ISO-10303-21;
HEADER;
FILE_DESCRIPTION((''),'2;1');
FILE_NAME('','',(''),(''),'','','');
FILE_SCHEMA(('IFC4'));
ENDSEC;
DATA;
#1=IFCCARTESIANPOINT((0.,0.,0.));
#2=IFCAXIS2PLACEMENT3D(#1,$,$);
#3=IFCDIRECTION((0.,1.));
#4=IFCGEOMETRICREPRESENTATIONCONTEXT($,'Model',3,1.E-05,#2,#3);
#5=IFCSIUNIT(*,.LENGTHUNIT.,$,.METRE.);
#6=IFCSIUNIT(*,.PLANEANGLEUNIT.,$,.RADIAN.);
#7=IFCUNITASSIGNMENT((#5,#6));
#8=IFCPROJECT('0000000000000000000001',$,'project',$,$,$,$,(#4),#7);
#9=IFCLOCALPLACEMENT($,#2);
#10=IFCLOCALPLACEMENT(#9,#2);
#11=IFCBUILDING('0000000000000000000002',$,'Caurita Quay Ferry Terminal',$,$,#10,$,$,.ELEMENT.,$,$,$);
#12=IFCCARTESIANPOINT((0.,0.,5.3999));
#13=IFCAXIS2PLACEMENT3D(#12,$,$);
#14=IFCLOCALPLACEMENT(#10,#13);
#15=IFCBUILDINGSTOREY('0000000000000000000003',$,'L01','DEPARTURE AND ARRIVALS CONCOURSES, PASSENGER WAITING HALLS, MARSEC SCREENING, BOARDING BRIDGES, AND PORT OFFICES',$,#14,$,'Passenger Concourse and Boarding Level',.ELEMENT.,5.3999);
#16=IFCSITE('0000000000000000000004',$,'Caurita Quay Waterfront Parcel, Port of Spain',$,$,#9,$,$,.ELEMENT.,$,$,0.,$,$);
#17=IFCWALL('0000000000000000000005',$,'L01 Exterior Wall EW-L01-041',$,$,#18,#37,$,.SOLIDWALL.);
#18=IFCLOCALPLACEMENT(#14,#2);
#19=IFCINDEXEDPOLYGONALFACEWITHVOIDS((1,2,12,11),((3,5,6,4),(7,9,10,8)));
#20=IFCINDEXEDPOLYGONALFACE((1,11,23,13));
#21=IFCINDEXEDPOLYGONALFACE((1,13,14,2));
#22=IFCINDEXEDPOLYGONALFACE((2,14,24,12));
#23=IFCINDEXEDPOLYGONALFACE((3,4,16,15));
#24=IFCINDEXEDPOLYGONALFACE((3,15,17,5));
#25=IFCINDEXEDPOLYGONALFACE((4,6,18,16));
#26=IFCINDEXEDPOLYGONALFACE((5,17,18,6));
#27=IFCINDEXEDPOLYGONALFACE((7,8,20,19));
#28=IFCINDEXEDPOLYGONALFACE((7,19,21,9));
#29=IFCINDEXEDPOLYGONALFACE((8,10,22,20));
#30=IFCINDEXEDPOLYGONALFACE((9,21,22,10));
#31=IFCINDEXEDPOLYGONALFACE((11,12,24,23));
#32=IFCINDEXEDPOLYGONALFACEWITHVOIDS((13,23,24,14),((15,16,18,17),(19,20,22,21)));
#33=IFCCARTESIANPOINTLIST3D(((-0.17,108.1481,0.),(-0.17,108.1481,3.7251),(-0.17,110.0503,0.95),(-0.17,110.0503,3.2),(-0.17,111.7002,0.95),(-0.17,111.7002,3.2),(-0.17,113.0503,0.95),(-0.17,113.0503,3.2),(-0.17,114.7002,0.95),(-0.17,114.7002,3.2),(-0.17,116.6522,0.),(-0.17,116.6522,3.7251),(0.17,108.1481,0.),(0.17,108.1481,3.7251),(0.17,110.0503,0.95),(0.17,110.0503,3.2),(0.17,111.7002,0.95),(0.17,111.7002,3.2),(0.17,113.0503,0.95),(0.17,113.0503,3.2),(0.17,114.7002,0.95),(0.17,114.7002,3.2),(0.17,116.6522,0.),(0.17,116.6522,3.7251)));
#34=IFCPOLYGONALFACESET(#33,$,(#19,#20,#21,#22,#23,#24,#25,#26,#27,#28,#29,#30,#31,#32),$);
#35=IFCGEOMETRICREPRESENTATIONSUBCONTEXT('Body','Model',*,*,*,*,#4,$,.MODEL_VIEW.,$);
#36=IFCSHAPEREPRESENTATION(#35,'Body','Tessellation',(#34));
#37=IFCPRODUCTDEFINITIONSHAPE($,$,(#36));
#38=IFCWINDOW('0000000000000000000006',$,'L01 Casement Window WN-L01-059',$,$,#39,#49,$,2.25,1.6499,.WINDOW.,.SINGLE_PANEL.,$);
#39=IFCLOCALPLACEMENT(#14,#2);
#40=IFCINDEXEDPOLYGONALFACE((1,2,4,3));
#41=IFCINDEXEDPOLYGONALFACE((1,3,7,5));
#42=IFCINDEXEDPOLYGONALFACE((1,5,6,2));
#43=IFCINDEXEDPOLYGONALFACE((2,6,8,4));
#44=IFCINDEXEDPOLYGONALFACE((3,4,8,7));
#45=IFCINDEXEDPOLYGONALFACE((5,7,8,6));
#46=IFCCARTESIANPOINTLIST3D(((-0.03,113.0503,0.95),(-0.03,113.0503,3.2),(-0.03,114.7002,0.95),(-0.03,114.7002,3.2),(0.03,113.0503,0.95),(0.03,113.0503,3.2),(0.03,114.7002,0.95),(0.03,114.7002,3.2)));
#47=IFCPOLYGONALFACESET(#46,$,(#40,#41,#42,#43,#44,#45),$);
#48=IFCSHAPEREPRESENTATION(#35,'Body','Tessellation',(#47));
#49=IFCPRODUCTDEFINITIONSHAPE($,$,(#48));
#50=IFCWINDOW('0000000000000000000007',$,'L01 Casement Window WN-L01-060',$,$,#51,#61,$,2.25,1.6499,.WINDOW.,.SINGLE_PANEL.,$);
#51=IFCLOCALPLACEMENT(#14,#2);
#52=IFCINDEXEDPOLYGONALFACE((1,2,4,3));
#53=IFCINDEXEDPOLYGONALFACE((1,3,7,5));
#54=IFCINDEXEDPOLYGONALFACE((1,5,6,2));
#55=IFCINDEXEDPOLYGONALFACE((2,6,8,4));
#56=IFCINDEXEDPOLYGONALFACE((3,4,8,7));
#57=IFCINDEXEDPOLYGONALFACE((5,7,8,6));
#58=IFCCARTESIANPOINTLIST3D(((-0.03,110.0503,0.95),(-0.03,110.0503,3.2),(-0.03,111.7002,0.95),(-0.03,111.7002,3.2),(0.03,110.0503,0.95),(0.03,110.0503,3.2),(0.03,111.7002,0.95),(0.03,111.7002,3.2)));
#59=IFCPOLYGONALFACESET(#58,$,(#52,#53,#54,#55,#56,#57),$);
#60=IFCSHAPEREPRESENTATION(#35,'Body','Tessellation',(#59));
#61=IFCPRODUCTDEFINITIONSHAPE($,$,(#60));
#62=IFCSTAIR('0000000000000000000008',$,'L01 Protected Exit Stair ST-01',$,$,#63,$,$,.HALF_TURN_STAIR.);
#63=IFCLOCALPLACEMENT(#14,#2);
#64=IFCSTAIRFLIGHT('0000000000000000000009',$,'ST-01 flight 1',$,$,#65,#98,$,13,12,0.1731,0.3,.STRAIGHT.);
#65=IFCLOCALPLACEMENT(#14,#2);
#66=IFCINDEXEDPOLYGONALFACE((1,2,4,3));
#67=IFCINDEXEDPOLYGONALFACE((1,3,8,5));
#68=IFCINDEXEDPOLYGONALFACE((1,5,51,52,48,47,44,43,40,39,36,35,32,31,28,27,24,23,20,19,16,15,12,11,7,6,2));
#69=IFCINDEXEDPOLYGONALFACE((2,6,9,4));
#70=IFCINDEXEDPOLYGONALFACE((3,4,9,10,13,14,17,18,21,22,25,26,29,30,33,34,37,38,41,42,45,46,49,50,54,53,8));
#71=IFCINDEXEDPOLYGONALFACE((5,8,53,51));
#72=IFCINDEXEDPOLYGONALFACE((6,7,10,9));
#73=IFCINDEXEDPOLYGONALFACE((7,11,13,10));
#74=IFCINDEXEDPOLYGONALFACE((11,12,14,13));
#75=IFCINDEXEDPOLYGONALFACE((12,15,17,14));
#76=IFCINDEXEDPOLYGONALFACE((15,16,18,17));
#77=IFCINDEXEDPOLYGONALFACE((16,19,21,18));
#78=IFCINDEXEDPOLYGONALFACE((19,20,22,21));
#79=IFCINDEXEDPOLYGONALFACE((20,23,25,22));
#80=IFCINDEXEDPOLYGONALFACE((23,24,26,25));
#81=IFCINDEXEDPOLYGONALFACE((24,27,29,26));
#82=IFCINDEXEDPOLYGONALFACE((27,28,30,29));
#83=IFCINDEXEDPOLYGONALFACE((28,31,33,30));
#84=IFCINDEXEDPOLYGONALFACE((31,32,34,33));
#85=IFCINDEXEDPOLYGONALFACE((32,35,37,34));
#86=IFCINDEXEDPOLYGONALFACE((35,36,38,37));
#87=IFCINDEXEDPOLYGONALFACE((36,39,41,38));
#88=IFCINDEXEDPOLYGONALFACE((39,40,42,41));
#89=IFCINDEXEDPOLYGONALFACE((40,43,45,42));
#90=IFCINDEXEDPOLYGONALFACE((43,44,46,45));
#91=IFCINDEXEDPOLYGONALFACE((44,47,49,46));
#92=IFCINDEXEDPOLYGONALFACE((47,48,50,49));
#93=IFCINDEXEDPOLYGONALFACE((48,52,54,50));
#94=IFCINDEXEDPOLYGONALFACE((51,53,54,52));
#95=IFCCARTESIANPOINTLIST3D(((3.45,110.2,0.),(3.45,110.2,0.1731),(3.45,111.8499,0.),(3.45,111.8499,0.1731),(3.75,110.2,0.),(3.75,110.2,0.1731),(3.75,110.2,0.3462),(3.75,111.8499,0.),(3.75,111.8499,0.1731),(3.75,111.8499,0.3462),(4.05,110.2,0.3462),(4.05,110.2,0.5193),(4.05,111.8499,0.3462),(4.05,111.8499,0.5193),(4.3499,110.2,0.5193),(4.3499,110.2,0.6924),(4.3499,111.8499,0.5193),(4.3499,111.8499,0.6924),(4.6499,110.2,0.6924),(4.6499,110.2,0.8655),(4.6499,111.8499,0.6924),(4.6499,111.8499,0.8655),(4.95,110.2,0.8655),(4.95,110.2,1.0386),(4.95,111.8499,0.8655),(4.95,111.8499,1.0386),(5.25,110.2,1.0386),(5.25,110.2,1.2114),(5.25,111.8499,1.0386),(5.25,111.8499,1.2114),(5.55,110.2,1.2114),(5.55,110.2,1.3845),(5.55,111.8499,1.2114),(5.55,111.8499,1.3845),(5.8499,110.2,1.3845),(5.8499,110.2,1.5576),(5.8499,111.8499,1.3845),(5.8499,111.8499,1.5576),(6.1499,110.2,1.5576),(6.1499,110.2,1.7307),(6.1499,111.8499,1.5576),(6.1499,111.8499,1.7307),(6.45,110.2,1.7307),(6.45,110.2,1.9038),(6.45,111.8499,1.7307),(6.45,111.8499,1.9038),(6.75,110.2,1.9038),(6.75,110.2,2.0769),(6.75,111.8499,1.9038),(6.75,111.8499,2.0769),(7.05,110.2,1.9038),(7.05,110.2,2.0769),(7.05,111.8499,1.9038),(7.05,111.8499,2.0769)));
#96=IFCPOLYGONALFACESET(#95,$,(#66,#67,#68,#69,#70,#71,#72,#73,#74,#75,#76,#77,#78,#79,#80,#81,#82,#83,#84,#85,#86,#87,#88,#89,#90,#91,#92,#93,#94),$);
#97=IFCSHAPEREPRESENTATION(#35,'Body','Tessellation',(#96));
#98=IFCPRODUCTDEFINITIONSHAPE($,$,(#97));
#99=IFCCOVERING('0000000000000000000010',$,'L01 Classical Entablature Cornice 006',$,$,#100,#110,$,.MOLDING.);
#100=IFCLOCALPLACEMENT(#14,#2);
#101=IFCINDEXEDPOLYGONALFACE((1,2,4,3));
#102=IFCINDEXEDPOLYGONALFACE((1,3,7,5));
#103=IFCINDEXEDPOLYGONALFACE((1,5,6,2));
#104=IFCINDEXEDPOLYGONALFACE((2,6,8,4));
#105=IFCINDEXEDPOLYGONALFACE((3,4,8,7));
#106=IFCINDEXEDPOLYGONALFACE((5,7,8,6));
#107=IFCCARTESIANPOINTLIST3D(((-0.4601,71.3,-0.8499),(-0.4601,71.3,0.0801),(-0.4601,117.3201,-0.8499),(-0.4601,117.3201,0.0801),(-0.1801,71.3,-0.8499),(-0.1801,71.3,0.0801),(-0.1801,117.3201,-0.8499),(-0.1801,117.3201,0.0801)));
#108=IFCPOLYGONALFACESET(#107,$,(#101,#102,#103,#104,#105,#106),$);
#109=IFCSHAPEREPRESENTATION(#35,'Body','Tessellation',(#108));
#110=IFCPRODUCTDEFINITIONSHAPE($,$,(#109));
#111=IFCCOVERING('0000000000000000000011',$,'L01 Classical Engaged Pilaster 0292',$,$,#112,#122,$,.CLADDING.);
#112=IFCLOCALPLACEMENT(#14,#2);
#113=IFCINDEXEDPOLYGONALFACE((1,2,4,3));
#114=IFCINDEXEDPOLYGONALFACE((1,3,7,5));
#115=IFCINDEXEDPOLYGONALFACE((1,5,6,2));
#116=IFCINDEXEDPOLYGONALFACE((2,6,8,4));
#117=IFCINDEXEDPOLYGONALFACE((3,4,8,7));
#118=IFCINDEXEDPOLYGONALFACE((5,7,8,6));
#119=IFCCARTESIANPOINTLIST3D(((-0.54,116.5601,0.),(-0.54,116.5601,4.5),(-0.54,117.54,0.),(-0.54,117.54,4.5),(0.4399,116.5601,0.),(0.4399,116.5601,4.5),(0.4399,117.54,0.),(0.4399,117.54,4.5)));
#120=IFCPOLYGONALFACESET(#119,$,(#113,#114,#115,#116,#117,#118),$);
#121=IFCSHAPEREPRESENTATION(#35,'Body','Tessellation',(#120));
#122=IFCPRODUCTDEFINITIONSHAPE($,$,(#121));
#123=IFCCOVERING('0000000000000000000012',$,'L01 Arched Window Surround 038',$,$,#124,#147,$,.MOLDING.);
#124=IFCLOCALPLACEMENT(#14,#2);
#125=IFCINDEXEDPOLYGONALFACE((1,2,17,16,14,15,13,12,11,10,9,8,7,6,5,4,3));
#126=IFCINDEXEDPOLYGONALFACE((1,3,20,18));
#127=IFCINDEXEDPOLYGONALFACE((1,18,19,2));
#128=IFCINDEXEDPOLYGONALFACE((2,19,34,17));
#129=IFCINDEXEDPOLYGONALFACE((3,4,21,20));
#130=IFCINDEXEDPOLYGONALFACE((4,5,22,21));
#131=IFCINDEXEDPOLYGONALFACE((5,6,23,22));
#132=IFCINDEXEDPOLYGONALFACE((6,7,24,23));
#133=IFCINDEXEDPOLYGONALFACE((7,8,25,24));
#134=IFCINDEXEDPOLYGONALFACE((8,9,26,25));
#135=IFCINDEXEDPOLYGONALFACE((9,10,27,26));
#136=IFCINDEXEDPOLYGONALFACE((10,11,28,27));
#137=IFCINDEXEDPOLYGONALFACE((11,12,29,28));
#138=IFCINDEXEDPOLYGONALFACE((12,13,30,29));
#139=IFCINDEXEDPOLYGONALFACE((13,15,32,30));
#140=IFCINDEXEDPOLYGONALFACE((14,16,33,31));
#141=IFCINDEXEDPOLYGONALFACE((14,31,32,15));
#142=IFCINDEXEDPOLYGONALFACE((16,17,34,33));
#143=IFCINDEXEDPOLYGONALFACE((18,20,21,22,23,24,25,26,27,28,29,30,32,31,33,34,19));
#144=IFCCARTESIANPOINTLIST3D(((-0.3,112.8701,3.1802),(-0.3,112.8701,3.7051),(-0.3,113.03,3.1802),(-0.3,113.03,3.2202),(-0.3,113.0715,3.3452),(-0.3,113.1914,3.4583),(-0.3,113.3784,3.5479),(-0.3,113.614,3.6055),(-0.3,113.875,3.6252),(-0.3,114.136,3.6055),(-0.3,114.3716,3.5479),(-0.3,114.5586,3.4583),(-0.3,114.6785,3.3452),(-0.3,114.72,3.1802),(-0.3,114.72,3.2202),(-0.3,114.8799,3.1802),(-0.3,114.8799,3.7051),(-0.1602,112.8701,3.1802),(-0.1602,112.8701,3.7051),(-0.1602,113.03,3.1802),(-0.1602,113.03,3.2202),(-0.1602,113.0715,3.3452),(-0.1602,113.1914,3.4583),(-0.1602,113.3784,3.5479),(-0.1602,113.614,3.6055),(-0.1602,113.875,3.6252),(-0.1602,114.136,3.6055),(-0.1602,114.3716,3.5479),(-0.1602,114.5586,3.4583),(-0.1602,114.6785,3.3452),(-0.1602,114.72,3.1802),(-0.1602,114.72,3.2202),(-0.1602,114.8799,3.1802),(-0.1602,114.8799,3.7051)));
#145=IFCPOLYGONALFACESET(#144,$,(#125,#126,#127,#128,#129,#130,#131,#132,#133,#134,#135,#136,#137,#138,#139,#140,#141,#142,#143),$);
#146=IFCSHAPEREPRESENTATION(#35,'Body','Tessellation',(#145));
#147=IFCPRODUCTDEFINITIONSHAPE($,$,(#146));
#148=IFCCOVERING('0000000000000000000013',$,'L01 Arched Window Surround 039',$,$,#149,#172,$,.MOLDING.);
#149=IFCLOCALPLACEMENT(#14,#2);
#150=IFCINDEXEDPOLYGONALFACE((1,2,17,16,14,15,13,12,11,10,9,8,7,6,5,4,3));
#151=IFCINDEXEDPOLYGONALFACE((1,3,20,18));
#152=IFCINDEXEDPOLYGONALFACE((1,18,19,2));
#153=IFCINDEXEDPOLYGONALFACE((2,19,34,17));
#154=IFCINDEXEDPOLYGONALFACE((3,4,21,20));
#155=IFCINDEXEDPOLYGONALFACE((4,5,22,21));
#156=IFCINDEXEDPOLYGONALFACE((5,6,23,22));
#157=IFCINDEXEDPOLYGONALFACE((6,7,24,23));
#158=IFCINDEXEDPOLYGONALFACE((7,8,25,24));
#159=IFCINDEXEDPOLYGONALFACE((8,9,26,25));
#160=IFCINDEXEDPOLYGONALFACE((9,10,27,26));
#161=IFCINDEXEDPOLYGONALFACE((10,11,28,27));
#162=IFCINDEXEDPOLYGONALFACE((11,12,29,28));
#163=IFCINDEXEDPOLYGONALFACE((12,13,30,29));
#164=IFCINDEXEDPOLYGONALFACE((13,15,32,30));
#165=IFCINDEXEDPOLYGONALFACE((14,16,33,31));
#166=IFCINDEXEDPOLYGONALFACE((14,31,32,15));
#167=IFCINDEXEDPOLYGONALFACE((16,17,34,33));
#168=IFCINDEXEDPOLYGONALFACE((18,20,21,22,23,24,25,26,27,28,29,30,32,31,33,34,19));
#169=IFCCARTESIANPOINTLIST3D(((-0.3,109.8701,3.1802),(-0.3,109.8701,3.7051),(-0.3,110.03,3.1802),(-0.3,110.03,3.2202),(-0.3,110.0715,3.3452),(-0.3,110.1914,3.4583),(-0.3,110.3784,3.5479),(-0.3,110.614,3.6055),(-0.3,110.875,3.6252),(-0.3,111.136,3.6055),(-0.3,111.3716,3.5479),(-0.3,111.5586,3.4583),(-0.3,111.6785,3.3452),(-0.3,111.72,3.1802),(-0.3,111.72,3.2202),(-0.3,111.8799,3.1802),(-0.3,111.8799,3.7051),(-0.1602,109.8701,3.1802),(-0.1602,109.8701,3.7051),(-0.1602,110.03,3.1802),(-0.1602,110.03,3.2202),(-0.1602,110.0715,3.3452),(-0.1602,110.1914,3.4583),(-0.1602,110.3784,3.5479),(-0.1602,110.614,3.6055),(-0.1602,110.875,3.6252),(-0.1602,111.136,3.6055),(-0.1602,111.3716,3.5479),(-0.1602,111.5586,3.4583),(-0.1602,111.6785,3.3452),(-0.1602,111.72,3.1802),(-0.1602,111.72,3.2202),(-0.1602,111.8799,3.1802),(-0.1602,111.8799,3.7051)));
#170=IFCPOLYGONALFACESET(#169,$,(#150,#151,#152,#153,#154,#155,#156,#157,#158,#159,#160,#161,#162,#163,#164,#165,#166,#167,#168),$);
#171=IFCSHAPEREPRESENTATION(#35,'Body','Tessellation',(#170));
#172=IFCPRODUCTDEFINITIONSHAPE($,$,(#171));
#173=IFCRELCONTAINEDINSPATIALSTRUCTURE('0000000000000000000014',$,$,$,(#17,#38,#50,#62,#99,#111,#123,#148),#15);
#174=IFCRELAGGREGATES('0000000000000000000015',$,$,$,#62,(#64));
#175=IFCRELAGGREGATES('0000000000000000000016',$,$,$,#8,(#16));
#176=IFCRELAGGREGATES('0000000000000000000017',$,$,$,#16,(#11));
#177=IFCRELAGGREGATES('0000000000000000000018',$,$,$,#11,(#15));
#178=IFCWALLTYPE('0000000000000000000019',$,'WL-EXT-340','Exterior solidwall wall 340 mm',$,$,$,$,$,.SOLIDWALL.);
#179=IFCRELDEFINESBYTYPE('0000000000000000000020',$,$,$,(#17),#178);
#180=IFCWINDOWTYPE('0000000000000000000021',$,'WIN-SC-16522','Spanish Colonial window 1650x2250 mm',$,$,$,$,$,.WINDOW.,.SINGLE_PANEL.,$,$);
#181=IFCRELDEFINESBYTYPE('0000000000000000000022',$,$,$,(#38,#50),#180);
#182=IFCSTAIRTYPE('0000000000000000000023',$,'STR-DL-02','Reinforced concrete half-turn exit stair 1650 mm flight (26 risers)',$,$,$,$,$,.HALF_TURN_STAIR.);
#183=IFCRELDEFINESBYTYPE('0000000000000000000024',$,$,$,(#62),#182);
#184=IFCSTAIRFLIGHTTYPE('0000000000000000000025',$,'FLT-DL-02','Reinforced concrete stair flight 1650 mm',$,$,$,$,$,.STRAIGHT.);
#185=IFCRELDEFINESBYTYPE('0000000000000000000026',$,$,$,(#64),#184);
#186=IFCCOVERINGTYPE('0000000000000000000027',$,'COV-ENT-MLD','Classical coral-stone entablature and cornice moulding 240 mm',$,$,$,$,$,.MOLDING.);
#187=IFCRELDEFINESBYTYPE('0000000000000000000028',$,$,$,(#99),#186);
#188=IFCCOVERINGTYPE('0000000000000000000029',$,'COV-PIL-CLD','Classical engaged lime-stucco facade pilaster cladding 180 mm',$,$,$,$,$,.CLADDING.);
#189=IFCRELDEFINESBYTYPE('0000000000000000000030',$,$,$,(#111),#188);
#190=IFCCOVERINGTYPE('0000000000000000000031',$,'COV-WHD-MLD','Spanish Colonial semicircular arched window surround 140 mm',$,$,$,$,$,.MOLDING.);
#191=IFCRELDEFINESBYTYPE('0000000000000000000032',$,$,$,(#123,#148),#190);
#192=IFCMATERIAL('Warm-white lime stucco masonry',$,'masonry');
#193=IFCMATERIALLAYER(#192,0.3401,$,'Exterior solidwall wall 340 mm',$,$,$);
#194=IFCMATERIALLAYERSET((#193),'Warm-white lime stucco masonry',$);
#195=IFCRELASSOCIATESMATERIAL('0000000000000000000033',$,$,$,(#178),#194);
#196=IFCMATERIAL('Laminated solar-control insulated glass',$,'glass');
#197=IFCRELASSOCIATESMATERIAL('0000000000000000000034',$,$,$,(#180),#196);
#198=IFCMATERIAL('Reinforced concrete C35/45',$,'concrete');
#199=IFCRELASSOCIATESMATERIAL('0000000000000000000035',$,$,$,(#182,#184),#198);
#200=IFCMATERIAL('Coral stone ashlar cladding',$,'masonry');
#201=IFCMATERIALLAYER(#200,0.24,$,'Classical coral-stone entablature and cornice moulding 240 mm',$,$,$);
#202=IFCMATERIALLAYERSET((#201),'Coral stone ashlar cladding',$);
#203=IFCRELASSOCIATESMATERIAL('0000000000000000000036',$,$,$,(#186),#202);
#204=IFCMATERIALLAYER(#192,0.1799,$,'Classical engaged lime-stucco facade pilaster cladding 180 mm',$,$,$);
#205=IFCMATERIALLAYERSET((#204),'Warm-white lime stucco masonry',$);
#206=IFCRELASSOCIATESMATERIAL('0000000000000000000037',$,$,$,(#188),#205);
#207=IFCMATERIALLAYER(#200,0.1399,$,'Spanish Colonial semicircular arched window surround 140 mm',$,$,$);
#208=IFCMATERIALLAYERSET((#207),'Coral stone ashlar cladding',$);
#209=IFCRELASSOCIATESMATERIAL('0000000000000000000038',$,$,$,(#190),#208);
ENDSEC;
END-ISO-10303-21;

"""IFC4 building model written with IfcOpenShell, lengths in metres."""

from ifc_helpers import new_model, si_unit, direction, frame, frame_2d, origin, origin_2d, place, context, subcontext, project, spatial, polyline, rectangle, outline, extrude, material, layer, layer_set, type_object, element, fill, aggregate, save


model = new_model("IFC4")

# Units and contexts
model_context = context("Model", 3, precision=1e-05, world=origin(), true_north=direction((0.0, 1.0)))
body_context = subcontext(model_context, "Body", "Model", "MODEL_VIEW")
ifc_project = project(units=[si_unit("LENGTHUNIT", "METRE"), si_unit("PLANEANGLEUNIT", "RADIAN")], contexts=[model_context])

# Site, building, storey
site_placement = place(None, origin())
site = spatial("IfcSite", under=ifc_project, at=site_placement, Name="Caurita Quay Waterfront Parcel, Port of Spain", CompositionType="ELEMENT", RefElevation=0.0)
building_placement = place(site_placement, origin())
building = spatial("IfcBuilding", under=site, at=building_placement, Name="Caurita Quay Ferry Terminal", CompositionType="ELEMENT")
storey_placement = place(building_placement, frame((0.0, 0.0, 5.3999)))
storey = spatial("IfcBuildingStorey", under=building, at=storey_placement, Name="L01", Description="DEPARTURE AND ARRIVALS CONCOURSES, PASSENGER WAITING HALLS, MARSEC SCREENING, BOARDING BRIDGES, AND PORT OFFICES", LongName="Passenger Concourse and Boarding Level", CompositionType="ELEMENT", Elevation=5.3999)

# Shared definitions
ifc_material_1 = material(Name="Reinforced concrete C35/45", Category="concrete")

# Wall, openings, windows
ifc_material_2 = material(Name="Warm-white lime stucco masonry", Category="masonry")
ifc_layer_1 = layer(ifc_material_2, 0.3401, Name="Exterior solidwall wall 340 mm")
ifc_layer_set_1 = layer_set([ifc_layer_1], Name="Warm-white lime stucco masonry")
wall_type_1 = type_object("IfcWallType", Name="WL-EXT-340", Description="Exterior solidwall wall 340 mm", PredefinedType="SOLIDWALL", material=ifc_layer_set_1)
wall_1_placement = place(storey_placement, frame((0.0, 116.6521, 0.0), z_axis=(0.0, 0.0, 1.0), x_axis=(0.0, -1.0, 0.0)))
wall_1 = element("IfcWall", 1, at=wall_1_placement, inside=storey, type_object=wall_type_1, Name="L01 Exterior Wall EW-L01-041", PredefinedType="SOLIDWALL", context=body_context, shape_type="SweptSolid", body=[
    extrude(rectangle(XDim=8.5042, YDim=0.3401, at=frame_2d((4.252, 0.0))), origin(), (0.0, 0.0, 1.0), 3.7251),
])
opening_1_placement = place(wall_1_placement, frame((1.9519, 0.0, 0.95)))
opening_1 = element("IfcOpeningElement", 2, at=opening_1_placement, cuts=wall_1, PredefinedType="OPENING", context=body_context, shape_type="SweptSolid", body=[
    extrude(rectangle(XDim=1.6499, YDim=2.25, at=frame_2d((0.825, 1.125))), frame((0.0, 0.1799, 0.0), z_axis=(0.0, -1.0, 0.0), x_axis=(1.0, 0.0, 0.0)), (0.0, 0.0, 1.0), 0.3601),
])
opening_2_placement = place(wall_1_placement, frame((4.9519, 0.0, 0.95)))
opening_2 = element("IfcOpeningElement", 3, at=opening_2_placement, cuts=wall_1, PredefinedType="OPENING", context=body_context, shape_type="SweptSolid", body=[
    extrude(rectangle(XDim=1.6499, YDim=2.25, at=frame_2d((0.825, 1.125))), frame((0.0, 0.1799, 0.0), z_axis=(0.0, -1.0, 0.0), x_axis=(1.0, 0.0, 0.0)), (0.0, 0.0, 1.0), 0.3601),
])
ifc_material_3 = material(Name="Laminated solar-control insulated glass", Category="glass")
window_type = type_object("IfcWindowType", Name="WIN-SC-16522", Description="Spanish Colonial window 1650x2250 mm", PartitioningType="SINGLE_PANEL", PredefinedType="WINDOW", material=ifc_material_3)
window_1_placement = place(opening_1_placement, origin())
window_1 = element("IfcWindow", 4, at=window_1_placement, inside=storey, type_object=window_type, Name="L01 Casement Window WN-L01-059", OverallHeight=2.25, OverallWidth=1.6499, PartitioningType="SINGLE_PANEL", PredefinedType="WINDOW", context=body_context, shape_type="SweptSolid", body=[
    extrude(rectangle(XDim=1.6499, YDim=2.25, at=frame_2d((0.825, 1.125))), frame((0.0, 0.03, 0.0), z_axis=(0.0, -1.0, 0.0), x_axis=(1.0, 0.0, 0.0)), (0.0, 0.0, 1.0), 0.0601),
])
fill(opening_1, window_1)
window_2_placement = place(opening_2_placement, origin())
window_2 = element("IfcWindow", 5, at=window_2_placement, inside=storey, type_object=window_type, Name="L01 Casement Window WN-L01-060", OverallHeight=2.25, OverallWidth=1.6499, PartitioningType="SINGLE_PANEL", PredefinedType="WINDOW", context=body_context, shape_type="SweptSolid", body=[
    extrude(rectangle(XDim=1.6499, YDim=2.25, at=frame_2d((0.825, 1.125))), frame((0.0, 0.03, 0.0), z_axis=(0.0, -1.0, 0.0), x_axis=(1.0, 0.0, 0.0)), (0.0, 0.0, 1.0), 0.0601),
])
fill(opening_2, window_2)

# Stair, stair flight
stair_type = type_object("IfcStairType", Name="STR-DL-02", Description="Reinforced concrete half-turn exit stair 1650 mm flight (26 risers)", PredefinedType="HALF_TURN_STAIR", material=ifc_material_1)
stair_placement = place(storey_placement, origin())
stair = element("IfcStair", 6, at=stair_placement, inside=storey, type_object=stair_type, Name="L01 Protected Exit Stair ST-01", PredefinedType="HALF_TURN_STAIR")
stair_flight_type = type_object("IfcStairFlightType", Name="FLT-DL-02", Description="Reinforced concrete stair flight 1650 mm", PredefinedType="STRAIGHT", material=ifc_material_1)
stair_flight_placement = place(storey_placement, frame((3.45, 111.0249, 0.0), z_axis=(0.0, 0.0, 1.0), x_axis=(1.0, 0.0, 0.0)))
stair_flight = element("IfcStairFlight", 7, at=stair_flight_placement, type_object=stair_flight_type, Name="ST-01 flight 1", NumberOfRisers=13, NumberOfTreads=12, PredefinedType="STRAIGHT", RiserHeight=0.1731, TreadLength=0.3, context=body_context, shape_type="SweptSolid", body=[
    extrude(outline(polyline([(0.0, 0.0), (0.0, 0.1731), (0.3, 0.1731), (0.3, 0.3462), (0.6001, 0.3462), (0.6001, 0.5193), (0.8999, 0.5193), (0.8999, 0.6924), (1.2, 0.6924), (1.2, 0.8655), (1.5, 0.8655), (1.5, 1.0386), (1.8, 1.0386), (1.8, 1.2114), (2.1001, 1.2114), (2.1001, 1.3845), (2.3999, 1.3845), (2.3999, 1.5576), (2.7, 1.5576), (2.7, 1.7307), (3.0, 1.7307), (3.0, 1.9038), (3.3, 1.9038), (3.3, 2.0769), (3.6001, 2.0769), (3.6001, 2.25), (3.6001, 1.9038), (0.3, 0.0), (0.0, 0.0)])), frame((0.0, 0.825, 0.0), z_axis=(0.0, -1.0, 0.0), x_axis=(1.0, 0.0, 0.0)), (0.0, 0.0, 1.0), 1.6499),
])
aggregate(stair, [stair_flight])

# Coverings
ifc_material_4 = material(Name="Coral stone ashlar cladding", Category="masonry")
ifc_layer_2 = layer(ifc_material_4, 0.24, Name="Classical coral-stone entablature and cornice moulding 240 mm")
ifc_layer_set_2 = layer_set([ifc_layer_2], Name="Coral stone ashlar cladding")
covering_type_1 = type_object("IfcCoveringType", Name="COV-ENT-MLD", Description="Classical coral-stone entablature and cornice moulding 240 mm", PredefinedType="MOLDING", material=ifc_layer_set_2)
covering_1_placement = place(storey_placement, frame((-0.3201, 117.3201, -0.8499), z_axis=(0.0, 0.0, 1.0), x_axis=(0.0, -1.0, 0.0)))
element("IfcCovering", 8, at=covering_1_placement, inside=storey, type_object=covering_type_1, Name="L01 Classical Entablature Cornice 006", PredefinedType="MOLDING", context=body_context, shape_type="SweptSolid", body=[
    extrude(rectangle(XDim=46.02, YDim=0.28, at=frame_2d((23.01, 0.0))), origin(), (0.0, 0.0, 1.0), 0.9299),
])
ifc_layer_3 = layer(ifc_material_2, 0.1799, Name="Classical engaged lime-stucco facade pilaster cladding 180 mm")
ifc_layer_set_3 = layer_set([ifc_layer_3], Name="Warm-white lime stucco masonry")
covering_type_2 = type_object("IfcCoveringType", Name="COV-PIL-CLD", Description="Classical engaged lime-stucco facade pilaster cladding 180 mm", PredefinedType="CLADDING", material=ifc_layer_set_3)
covering_2_placement = place(storey_placement, frame((-0.05, 117.05, 0.0), z_axis=(0.0, 0.0, 1.0), x_axis=(1.0, 0.0, 0.0)))
element("IfcCovering", 9, at=covering_2_placement, inside=storey, type_object=covering_type_2, Name="L01 Classical Engaged Pilaster 0292", PredefinedType="CLADDING", context=body_context, shape_type="SweptSolid", body=[
    extrude(rectangle(XDim=0.98, YDim=0.98, at=origin_2d()), origin(), (0.0, 0.0, 1.0), 4.5),
])
ifc_layer_4 = layer(ifc_material_4, 0.1399, Name="Spanish Colonial semicircular arched window surround 140 mm")
ifc_layer_set_4 = layer_set([ifc_layer_4], Name="Coral stone ashlar cladding")
covering_type_3 = type_object("IfcCoveringType", Name="COV-WHD-MLD", Description="Spanish Colonial semicircular arched window surround 140 mm", PredefinedType="MOLDING", material=ifc_layer_set_4)
for number, where, z_axis, x_axis, name in (
    (10, (-0.23, 114.8799, 3.1802), (0.0, 0.0, 1.0), (0.0, -1.0, 0.0), "L01 Arched Window Surround 038"),
    (11, (-0.23, 111.8799, 3.1802), (0.0, 0.0, 1.0), (0.0, -1.0, 0.0), "L01 Arched Window Surround 039"),
):
    element("IfcCovering", number, at=place(storey_placement, frame(where, z_axis=z_axis, x_axis=x_axis)), inside=storey, type_object=covering_type_3, Name=name, PredefinedType="MOLDING", context=body_context, shape_type="SweptSolid", body=[
        extrude(outline(polyline([(0.0, 0.0), (0.1599, 0.0), (0.1599, 0.04), (0.2014, 0.165), (0.3213, 0.2781), (0.5083, 0.3677), (0.7439, 0.4253), (1.0049, 0.4451), (1.2659, 0.4253), (1.5015, 0.3677), (1.6885, 0.2781), (1.8083, 0.165), (1.8499, 0.04), (1.8499, 0.0), (2.0098, 0.0), (2.0098, 0.5249), (0.0, 0.5249), (0.0, 0.0)])), frame((0.0, 0.0698, 0.0), z_axis=(0.0, -1.0, 0.0), x_axis=(1.0, 0.0, 0.0)), (0.0, 0.0, 1.0), 0.1399),
    ])

save(model, "model.ifc")
